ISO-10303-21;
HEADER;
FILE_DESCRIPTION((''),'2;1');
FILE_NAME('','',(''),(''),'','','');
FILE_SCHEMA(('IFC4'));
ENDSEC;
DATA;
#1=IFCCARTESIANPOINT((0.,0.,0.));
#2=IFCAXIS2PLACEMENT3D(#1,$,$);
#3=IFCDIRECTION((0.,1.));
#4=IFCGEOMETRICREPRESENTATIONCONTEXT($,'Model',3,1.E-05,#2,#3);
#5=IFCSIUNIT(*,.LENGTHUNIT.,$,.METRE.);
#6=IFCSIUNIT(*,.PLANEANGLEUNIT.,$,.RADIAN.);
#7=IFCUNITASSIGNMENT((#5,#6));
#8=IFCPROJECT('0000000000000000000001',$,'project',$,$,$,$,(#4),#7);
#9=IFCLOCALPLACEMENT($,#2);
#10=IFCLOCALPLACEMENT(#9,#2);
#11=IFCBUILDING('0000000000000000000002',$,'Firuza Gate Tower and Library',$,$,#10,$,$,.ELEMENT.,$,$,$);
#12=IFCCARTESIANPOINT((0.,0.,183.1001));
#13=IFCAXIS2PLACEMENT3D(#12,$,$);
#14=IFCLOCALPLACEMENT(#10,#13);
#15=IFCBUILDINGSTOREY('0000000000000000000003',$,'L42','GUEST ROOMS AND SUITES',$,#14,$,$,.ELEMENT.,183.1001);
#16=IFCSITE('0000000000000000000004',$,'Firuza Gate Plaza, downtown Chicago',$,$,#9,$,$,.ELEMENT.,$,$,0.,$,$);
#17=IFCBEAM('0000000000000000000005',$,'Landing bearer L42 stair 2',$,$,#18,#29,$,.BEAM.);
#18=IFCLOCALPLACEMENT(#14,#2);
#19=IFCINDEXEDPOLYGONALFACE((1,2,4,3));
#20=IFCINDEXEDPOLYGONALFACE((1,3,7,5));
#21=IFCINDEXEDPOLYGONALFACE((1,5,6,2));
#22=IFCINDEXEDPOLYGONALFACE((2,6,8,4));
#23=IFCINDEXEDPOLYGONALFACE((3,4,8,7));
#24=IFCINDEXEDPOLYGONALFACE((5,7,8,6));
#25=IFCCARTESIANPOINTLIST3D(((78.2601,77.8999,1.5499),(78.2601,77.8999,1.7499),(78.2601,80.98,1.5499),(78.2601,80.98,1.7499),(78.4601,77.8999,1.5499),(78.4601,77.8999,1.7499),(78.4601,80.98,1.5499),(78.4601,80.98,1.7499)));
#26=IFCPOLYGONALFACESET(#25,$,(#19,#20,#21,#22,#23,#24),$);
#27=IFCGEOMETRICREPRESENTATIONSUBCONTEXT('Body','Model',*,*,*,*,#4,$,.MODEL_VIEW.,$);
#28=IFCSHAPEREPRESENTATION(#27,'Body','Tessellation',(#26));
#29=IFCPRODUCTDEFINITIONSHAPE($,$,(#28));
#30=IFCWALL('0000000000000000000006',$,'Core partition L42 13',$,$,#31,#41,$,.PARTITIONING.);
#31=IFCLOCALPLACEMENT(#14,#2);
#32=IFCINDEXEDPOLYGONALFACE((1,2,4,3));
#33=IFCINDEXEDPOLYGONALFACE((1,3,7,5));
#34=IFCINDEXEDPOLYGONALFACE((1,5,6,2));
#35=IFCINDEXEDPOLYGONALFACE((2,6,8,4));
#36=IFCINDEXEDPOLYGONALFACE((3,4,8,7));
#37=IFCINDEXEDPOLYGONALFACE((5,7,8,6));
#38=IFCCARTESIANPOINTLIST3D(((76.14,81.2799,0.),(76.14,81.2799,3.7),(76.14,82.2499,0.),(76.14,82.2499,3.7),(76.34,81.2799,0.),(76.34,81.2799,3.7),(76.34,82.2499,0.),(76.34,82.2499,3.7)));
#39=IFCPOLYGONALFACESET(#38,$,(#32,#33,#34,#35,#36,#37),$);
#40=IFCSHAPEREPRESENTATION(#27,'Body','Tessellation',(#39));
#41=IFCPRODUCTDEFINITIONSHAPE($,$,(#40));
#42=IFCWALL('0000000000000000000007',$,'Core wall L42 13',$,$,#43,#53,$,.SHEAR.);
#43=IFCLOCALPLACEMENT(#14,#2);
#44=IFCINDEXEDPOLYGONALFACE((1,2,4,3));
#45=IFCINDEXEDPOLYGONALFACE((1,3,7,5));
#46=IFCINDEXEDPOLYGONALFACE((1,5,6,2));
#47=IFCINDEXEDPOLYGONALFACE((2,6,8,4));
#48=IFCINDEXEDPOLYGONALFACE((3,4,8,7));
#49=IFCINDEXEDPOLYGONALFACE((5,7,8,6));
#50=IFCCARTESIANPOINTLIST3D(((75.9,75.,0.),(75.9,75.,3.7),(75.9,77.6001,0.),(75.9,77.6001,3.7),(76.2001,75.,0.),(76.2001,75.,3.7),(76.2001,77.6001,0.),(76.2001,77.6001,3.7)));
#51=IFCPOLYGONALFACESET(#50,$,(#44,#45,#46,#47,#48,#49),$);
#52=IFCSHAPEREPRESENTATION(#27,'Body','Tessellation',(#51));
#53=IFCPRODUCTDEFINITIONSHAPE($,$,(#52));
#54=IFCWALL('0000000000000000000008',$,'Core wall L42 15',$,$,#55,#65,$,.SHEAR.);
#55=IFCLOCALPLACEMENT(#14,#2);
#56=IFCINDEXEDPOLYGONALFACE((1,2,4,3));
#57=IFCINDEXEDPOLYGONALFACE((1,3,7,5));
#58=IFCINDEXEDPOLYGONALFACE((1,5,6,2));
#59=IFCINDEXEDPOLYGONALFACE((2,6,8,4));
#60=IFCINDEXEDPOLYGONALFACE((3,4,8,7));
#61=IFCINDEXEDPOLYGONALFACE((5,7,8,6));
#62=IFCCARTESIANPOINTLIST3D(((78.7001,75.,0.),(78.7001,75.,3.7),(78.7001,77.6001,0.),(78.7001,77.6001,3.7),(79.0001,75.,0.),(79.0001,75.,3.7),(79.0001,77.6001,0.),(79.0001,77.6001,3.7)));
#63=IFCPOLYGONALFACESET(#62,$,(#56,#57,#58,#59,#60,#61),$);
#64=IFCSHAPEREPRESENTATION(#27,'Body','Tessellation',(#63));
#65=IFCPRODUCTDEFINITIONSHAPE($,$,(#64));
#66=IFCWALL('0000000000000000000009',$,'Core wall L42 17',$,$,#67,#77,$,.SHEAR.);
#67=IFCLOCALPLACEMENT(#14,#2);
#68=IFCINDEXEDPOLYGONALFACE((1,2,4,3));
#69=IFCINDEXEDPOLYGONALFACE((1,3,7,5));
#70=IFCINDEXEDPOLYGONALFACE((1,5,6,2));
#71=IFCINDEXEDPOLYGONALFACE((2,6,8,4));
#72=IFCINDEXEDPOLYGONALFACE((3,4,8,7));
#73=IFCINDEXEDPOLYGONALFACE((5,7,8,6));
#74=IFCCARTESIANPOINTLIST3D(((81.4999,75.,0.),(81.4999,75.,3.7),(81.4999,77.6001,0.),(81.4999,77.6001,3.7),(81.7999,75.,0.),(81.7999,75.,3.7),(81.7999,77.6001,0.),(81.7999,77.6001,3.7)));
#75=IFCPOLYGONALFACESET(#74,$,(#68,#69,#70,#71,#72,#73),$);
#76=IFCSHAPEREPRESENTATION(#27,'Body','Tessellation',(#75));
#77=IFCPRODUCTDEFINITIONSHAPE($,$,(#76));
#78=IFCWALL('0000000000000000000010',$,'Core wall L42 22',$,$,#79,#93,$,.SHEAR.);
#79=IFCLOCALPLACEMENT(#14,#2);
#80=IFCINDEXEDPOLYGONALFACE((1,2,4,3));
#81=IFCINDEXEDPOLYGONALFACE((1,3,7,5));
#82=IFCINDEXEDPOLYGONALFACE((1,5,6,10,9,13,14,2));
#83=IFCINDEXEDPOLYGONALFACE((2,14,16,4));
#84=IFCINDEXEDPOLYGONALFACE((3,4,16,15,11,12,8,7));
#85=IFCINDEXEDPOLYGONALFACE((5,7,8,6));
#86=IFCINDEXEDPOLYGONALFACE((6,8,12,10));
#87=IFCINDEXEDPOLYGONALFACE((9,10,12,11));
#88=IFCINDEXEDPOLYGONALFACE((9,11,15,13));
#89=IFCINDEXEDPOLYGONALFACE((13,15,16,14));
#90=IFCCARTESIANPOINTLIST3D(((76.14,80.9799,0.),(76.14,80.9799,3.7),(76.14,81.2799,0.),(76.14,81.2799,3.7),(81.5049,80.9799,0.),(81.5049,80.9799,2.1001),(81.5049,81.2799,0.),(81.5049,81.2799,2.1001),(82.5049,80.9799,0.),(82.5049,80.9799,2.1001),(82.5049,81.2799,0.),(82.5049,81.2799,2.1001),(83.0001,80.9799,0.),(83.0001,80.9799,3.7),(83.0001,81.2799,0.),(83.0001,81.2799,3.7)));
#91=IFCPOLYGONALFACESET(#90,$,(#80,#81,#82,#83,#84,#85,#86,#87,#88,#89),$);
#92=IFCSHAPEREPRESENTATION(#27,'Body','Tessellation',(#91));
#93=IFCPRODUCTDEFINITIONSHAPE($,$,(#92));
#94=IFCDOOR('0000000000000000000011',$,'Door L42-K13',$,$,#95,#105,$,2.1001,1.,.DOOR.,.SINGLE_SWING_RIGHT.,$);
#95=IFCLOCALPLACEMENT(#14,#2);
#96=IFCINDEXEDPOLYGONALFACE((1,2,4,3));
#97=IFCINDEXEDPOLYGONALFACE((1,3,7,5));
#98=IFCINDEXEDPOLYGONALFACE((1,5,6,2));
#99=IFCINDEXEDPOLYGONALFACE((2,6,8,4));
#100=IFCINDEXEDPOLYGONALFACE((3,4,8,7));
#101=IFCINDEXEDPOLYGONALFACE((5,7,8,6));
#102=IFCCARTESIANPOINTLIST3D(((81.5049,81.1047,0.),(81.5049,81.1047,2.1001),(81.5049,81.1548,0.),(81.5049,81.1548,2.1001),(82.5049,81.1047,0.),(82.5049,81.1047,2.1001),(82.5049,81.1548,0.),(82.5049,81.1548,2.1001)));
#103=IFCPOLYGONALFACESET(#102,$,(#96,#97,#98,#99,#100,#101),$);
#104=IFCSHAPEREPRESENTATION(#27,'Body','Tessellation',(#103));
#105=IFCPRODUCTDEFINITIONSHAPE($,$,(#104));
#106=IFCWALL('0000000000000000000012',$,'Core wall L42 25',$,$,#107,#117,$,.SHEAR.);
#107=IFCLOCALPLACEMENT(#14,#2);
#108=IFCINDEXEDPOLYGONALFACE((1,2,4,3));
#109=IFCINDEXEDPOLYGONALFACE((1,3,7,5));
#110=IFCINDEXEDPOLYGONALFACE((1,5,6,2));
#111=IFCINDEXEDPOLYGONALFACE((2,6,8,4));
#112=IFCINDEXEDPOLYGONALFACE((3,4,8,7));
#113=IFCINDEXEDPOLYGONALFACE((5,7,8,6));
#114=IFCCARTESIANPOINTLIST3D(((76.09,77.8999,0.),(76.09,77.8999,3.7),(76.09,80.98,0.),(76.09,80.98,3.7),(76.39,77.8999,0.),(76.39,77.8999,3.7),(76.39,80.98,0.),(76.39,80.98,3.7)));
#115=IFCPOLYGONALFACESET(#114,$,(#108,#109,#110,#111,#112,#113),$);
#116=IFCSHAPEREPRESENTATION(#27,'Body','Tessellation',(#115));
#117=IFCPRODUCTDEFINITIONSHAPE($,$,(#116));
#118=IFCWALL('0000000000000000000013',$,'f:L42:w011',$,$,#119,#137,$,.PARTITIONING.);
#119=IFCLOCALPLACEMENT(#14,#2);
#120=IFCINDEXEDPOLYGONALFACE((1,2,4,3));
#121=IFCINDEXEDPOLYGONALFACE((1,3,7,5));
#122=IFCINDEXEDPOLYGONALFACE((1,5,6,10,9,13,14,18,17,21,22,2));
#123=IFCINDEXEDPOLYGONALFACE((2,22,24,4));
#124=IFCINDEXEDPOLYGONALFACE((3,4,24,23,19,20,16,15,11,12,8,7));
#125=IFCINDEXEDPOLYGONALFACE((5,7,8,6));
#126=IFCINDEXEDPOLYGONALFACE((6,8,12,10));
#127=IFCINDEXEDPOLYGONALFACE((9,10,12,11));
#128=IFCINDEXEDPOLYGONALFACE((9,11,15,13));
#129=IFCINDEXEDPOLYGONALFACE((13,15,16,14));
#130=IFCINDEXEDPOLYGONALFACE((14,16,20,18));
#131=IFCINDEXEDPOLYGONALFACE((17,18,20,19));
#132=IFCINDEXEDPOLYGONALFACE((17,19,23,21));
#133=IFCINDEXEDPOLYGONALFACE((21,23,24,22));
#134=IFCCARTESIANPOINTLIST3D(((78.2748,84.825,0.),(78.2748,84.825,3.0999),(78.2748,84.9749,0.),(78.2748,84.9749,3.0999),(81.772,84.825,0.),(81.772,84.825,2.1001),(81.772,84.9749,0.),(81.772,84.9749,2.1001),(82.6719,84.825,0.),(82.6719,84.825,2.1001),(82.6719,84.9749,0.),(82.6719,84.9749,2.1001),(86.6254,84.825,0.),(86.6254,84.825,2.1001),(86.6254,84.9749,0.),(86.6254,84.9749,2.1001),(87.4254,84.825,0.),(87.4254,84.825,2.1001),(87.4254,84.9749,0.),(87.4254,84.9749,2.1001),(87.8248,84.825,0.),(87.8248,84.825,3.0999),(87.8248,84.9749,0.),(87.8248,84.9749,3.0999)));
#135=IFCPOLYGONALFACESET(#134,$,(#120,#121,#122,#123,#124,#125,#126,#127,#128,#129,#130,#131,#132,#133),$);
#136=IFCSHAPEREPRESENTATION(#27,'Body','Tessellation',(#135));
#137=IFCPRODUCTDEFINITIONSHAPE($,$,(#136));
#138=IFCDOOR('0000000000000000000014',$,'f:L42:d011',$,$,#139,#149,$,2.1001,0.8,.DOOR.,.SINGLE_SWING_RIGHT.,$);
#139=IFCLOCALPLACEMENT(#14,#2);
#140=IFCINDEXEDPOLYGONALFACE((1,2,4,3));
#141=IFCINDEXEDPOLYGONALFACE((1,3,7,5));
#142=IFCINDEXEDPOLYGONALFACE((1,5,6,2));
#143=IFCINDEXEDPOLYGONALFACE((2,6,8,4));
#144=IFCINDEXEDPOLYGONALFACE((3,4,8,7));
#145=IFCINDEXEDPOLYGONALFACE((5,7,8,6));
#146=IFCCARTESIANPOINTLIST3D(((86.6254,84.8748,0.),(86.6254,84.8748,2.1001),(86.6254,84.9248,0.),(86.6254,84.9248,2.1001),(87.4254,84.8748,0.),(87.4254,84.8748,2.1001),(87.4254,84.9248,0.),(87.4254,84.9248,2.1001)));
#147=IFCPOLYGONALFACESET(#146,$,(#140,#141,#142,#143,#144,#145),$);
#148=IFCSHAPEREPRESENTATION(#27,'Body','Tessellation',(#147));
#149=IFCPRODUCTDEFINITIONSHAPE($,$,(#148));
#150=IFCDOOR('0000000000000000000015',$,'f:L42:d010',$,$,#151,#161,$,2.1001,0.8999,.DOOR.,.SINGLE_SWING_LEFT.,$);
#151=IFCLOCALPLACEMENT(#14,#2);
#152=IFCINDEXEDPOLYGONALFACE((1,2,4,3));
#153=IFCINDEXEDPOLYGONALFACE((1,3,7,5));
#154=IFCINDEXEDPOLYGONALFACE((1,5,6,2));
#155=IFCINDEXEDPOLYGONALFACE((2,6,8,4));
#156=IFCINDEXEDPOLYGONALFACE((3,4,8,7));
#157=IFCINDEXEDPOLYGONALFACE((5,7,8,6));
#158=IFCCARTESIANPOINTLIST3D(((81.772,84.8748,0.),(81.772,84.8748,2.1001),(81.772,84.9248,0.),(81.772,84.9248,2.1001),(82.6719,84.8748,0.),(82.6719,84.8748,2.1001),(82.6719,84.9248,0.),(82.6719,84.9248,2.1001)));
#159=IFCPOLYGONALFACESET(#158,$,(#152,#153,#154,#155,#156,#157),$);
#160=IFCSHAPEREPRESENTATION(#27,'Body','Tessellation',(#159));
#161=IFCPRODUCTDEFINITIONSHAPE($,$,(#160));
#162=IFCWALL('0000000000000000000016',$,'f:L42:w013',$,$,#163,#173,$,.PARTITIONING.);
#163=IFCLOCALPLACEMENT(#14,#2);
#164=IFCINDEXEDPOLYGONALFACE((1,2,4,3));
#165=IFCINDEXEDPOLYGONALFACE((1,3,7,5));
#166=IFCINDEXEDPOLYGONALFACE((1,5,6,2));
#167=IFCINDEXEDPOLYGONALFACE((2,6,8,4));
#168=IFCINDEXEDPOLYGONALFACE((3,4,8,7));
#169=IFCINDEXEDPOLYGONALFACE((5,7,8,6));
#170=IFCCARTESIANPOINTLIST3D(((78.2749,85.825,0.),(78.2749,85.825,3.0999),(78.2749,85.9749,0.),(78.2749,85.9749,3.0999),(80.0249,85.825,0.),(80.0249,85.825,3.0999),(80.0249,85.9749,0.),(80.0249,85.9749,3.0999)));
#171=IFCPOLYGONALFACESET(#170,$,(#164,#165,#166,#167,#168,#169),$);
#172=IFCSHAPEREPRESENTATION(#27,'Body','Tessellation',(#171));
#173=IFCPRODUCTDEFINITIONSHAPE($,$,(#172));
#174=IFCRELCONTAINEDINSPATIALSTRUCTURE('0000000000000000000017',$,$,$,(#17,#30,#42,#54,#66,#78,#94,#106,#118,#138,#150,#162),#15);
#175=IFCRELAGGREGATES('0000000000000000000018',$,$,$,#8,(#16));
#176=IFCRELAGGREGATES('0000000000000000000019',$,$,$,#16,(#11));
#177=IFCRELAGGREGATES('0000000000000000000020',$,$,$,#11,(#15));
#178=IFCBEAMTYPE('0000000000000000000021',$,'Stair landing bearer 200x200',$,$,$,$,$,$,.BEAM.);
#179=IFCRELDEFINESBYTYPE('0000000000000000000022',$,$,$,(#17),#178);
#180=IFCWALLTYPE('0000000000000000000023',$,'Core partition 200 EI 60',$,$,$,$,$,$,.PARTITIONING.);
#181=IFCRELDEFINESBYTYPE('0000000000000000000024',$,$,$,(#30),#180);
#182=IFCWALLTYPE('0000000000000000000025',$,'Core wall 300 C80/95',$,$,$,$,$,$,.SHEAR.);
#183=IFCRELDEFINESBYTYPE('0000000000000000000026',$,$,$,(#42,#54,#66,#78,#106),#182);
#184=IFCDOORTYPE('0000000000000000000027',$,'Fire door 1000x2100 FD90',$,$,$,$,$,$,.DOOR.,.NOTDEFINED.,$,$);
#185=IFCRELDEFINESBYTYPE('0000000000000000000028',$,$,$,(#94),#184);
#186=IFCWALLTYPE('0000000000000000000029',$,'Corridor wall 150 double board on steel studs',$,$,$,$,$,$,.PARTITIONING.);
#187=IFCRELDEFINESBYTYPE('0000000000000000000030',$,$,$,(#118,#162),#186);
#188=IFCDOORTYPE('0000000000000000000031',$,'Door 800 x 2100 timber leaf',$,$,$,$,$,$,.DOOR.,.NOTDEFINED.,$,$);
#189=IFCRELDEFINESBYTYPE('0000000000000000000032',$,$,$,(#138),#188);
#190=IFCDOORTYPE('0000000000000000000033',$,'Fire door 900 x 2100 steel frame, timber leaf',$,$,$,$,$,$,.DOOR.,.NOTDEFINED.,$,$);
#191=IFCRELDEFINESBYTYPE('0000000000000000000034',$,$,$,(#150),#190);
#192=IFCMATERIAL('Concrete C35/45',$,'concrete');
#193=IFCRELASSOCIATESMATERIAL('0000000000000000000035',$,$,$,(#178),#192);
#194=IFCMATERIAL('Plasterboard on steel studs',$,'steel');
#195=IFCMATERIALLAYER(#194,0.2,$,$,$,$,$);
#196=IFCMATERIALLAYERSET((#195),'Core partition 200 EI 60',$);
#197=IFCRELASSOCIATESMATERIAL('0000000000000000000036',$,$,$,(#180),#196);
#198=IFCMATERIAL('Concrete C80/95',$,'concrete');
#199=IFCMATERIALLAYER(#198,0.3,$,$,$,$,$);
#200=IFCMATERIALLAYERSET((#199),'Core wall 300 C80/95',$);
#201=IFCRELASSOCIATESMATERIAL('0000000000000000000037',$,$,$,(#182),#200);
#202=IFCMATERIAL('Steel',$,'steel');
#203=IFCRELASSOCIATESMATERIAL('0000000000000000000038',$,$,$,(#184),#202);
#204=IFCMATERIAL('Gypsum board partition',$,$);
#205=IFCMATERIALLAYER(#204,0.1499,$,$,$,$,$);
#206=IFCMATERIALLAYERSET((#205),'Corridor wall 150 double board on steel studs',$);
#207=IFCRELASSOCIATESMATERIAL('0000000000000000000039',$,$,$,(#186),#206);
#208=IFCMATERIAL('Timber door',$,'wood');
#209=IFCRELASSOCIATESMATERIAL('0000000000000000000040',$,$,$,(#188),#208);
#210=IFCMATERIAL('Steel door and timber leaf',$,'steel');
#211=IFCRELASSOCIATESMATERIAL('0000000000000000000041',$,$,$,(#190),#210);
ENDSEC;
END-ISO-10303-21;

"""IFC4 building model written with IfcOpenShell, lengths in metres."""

from ifc_helpers import new_model, si_unit, direction, frame, frame_2d, origin, origin_2d, place, context, subcontext, project, spatial, rectangle, extrude, material, layer, layer_set, material_profile, profile_set, type_object, element, fill, save


model = new_model("IFC4")

# Units and contexts
model_context = context("Model", 3, precision=1e-05, world=origin(), true_north=direction((0.0, 1.0)))
body_context = subcontext(model_context, "Body", "Model", "MODEL_VIEW")
ifc_project = project(units=[si_unit("LENGTHUNIT", "METRE"), si_unit("PLANEANGLEUNIT", "RADIAN")], contexts=[model_context])

# Site, building, storey
site_placement = place(None, origin())
site = spatial("IfcSite", under=ifc_project, at=site_placement, Name="Firuza Gate Plaza, downtown Chicago", CompositionType="ELEMENT", RefElevation=0.0)
building_placement = place(site_placement, origin())
building = spatial("IfcBuilding", under=site, at=building_placement, Name="Firuza Gate Tower and Library", CompositionType="ELEMENT")
storey_placement = place(building_placement, frame((0.0, 0.0, 183.1001)))
storey = spatial("IfcBuildingStorey", under=building, at=storey_placement, Name="L42", Description="GUEST ROOMS AND SUITES", CompositionType="ELEMENT", Elevation=183.1001)

# Beam
ifc_material_1 = material(Name="Concrete C35/45", Category="concrete")
ifc_material_profile = material_profile(ifc_material_1, rectangle(XDim=0.2, YDim=0.2, at=origin_2d()))
ifc_profile_set = profile_set([ifc_material_profile], Name="Concrete C35/45")
beam_type = type_object("IfcBeamType", Name="Stair landing bearer 200x200", PredefinedType="BEAM", material=ifc_profile_set)
beam_placement = place(storey_placement, frame((78.3601, 80.98, 1.6499), z_axis=(0.0, -1.0, 0.0), x_axis=(1.0, 0.0, 0.0)))
element("IfcBeam", 1, at=beam_placement, inside=storey, type_object=beam_type, Name="Landing bearer L42 stair 2", PredefinedType="BEAM", context=body_context, shape_type="SweptSolid", body=[
    extrude(rectangle(XDim=0.2, YDim=0.2, at=origin_2d()), origin(), (0.0, 0.0, 1.0), 3.0801),
])

# Walls
ifc_material_2 = material(Name="Plasterboard on steel studs", Category="steel")
ifc_layer_1 = layer(ifc_material_2, 0.2)
ifc_layer_set_1 = layer_set([ifc_layer_1], Name="Core partition 200 EI 60")
wall_type_1 = type_object("IfcWallType", Name="Core partition 200 EI 60", PredefinedType="PARTITIONING", material=ifc_layer_set_1)
wall_1_placement = place(storey_placement, frame((76.24, 81.28, 0.0), z_axis=(0.0, 0.0, 1.0), x_axis=(0.0, 1.0, 0.0)))
element("IfcWall", 2, at=wall_1_placement, inside=storey, type_object=wall_type_1, Name="Core partition L42 13", PredefinedType="PARTITIONING", context=body_context, shape_type="SweptSolid", body=[
    extrude(rectangle(XDim=0.97, YDim=0.2, at=frame_2d((0.4849, 0.0))), origin(), (0.0, 0.0, 1.0), 3.7),
])
ifc_material_3 = material(Name="Concrete C80/95", Category="concrete")
ifc_layer_2 = layer(ifc_material_3, 0.3)
ifc_layer_set_2 = layer_set([ifc_layer_2], Name="Core wall 300 C80/95")
wall_type_2 = type_object("IfcWallType", Name="Core wall 300 C80/95", PredefinedType="SHEAR", material=ifc_layer_set_2)
for number, where, z_axis, x_axis, name in (
    (3, (76.05, 75.0, 0.0), (0.0, 0.0, 1.0), (0.0, 1.0, 0.0), "Core wall L42 13"),
    (4, (78.8501, 75.0, 0.0), (0.0, 0.0, 1.0), (0.0, 1.0, 0.0), "Core wall L42 15"),
    (5, (81.6499, 75.0, 0.0), (0.0, 0.0, 1.0), (0.0, 1.0, 0.0), "Core wall L42 17"),
):
    element("IfcWall", number, at=place(storey_placement, frame(where, z_axis=z_axis, x_axis=x_axis)), inside=storey, type_object=wall_type_2, Name=name, PredefinedType="SHEAR", context=body_context, shape_type="SweptSolid", body=[
        extrude(rectangle(XDim=2.6001, YDim=0.3, at=frame_2d((1.3, 0.0))), origin(), (0.0, 0.0, 1.0), 3.7),
    ])

# Wall, opening, door
wall_2_placement = place(storey_placement, frame((76.1399, 81.1299, 0.0), z_axis=(0.0, 0.0, 1.0), x_axis=(1.0, 0.0, 0.0)))
wall_2 = element("IfcWall", 6, at=wall_2_placement, inside=storey, type_object=wall_type_2, Name="Core wall L42 22", PredefinedType="SHEAR", context=body_context, shape_type="SweptSolid", body=[
    extrude(rectangle(XDim=6.8601, YDim=0.3, at=frame_2d((3.4302, 0.0))), origin(), (0.0, 0.0, 1.0), 3.7),
])
opening_1_placement = place(wall_2_placement, frame((5.365, 0.0, 0.0)))
opening_1 = element("IfcOpeningElement", 7, at=opening_1_placement, cuts=wall_2, PredefinedType="OPENING", context=body_context, shape_type="SweptSolid", body=[
    extrude(rectangle(XDim=1.0, YDim=2.1001, at=frame_2d((0.5, 1.05))), frame((0.0, 0.1602, 0.0), z_axis=(0.0, -1.0, 0.0), x_axis=(1.0, 0.0, 0.0)), (0.0, 0.0, 1.0), 0.3201),
])
ifc_material_4 = material(Name="Steel", Category="steel")
door_type_1 = type_object("IfcDoorType", Name="Fire door 1000x2100 FD90", OperationType="NOTDEFINED", PredefinedType="DOOR", material=ifc_material_4)
door_1_placement = place(opening_1_placement, origin())
door_1 = element("IfcDoor", 8, at=door_1_placement, inside=storey, type_object=door_type_1, Name="Door L42-K13", OperationType="SINGLE_SWING_RIGHT", OverallHeight=2.1001, OverallWidth=1.0, PredefinedType="DOOR", context=body_context, shape_type="SweptSolid", body=[
    extrude(rectangle(XDim=1.0, YDim=2.1001, at=frame_2d((0.5, 1.05))), frame((0.0, 0.0249, 0.0), z_axis=(0.0, -1.0, 0.0), x_axis=(1.0, 0.0, 0.0)), (0.0, 0.0, 1.0), 0.05),
])
fill(opening_1, door_1)

# Wall
wall_3_placement = place(storey_placement, frame((76.24, 77.8999, 0.0), z_axis=(0.0, 0.0, 1.0), x_axis=(0.0, 1.0, 0.0)))
element("IfcWall", 9, at=wall_3_placement, inside=storey, type_object=wall_type_2, Name="Core wall L42 25", PredefinedType="SHEAR", context=body_context, shape_type="SweptSolid", body=[
    extrude(rectangle(XDim=3.0801, YDim=0.3, at=frame_2d((1.54, 0.0))), origin(), (0.0, 0.0, 1.0), 3.7),
])

# Wall, openings, doors
ifc_material_5 = material(Name="Gypsum board partition")
ifc_layer_3 = layer(ifc_material_5, 0.1499)
ifc_layer_set_3 = layer_set([ifc_layer_3], Name="Corridor wall 150 double board on steel studs")
wall_type_3 = type_object("IfcWallType", Name="Corridor wall 150 double board on steel studs", PredefinedType="PARTITIONING", material=ifc_layer_set_3)
wall_4_placement = place(storey_placement, frame((78.2749, 84.8999, 0.0), z_axis=(0.0, 0.0, 1.0), x_axis=(1.0, 0.0, 0.0)))
wall_4 = element("IfcWall", 10, at=wall_4_placement, inside=storey, type_object=wall_type_3, Name="f:L42:w011", PredefinedType="PARTITIONING", context=body_context, shape_type="SweptSolid", body=[
    extrude(rectangle(XDim=9.55, YDim=0.1499, at=frame_2d((4.7749, 0.0))), origin(), (0.0, 0.0, 1.0), 3.0999),
])
opening_2_placement = place(wall_4_placement, frame((3.4971, 0.0, 0.0)))
opening_2 = element("IfcOpeningElement", 11, at=opening_2_placement, cuts=wall_4, PredefinedType="OPENING", context=body_context, shape_type="SweptSolid", body=[
    extrude(rectangle(XDim=0.8999, YDim=2.1001, at=frame_2d((0.45, 1.05))), frame((0.0, 0.085, 0.0), z_axis=(0.0, -1.0, 0.0), x_axis=(1.0, 0.0, 0.0)), (0.0, 0.0, 1.0), 0.1699),
])
opening_3_placement = place(wall_4_placement, frame((8.3506, 0.0, 0.0)))
opening_3 = element("IfcOpeningElement", 12, at=opening_3_placement, cuts=wall_4, PredefinedType="OPENING", context=body_context, shape_type="SweptSolid", body=[
    extrude(rectangle(XDim=0.8, YDim=2.1001, at=frame_2d((0.3999, 1.05))), frame((0.0, 0.085, 0.0), z_axis=(0.0, -1.0, 0.0), x_axis=(1.0, 0.0, 0.0)), (0.0, 0.0, 1.0), 0.1699),
])
ifc_material_6 = material(Name="Timber door", Category="wood")
door_type_2 = type_object("IfcDoorType", Name="Door 800 x 2100 timber leaf", OperationType="NOTDEFINED", PredefinedType="DOOR", material=ifc_material_6)
door_2_placement = place(opening_3_placement, origin())
door_2 = element("IfcDoor", 13, at=door_2_placement, inside=storey, type_object=door_type_2, Name="f:L42:d011", OperationType="SINGLE_SWING_RIGHT", OverallHeight=2.1001, OverallWidth=0.8, PredefinedType="DOOR", context=body_context, shape_type="SweptSolid", body=[
    extrude(rectangle(XDim=0.8, YDim=2.1001, at=frame_2d((0.3999, 1.05))), frame((0.0, 0.0249, 0.0), z_axis=(0.0, -1.0, 0.0), x_axis=(1.0, 0.0, 0.0)), (0.0, 0.0, 1.0), 0.05),
])
fill(opening_3, door_2)
ifc_material_7 = material(Name="Steel door and timber leaf", Category="steel")
door_type_3 = type_object("IfcDoorType", Name="Fire door 900 x 2100 steel frame, timber leaf", OperationType="NOTDEFINED", PredefinedType="DOOR", material=ifc_material_7)
door_3_placement = place(opening_2_placement, origin())
door_3 = element("IfcDoor", 14, at=door_3_placement, inside=storey, type_object=door_type_3, Name="f:L42:d010", OperationType="SINGLE_SWING_LEFT", OverallHeight=2.1001, OverallWidth=0.8999, PredefinedType="DOOR", context=body_context, shape_type="SweptSolid", body=[
    extrude(rectangle(XDim=0.8999, YDim=2.1001, at=frame_2d((0.45, 1.05))), frame((0.0, 0.0249, 0.0), z_axis=(0.0, -1.0, 0.0), x_axis=(1.0, 0.0, 0.0)), (0.0, 0.0, 1.0), 0.05),
])
fill(opening_2, door_3)

# Wall
wall_5_placement = place(storey_placement, frame((78.2749, 85.8999, 0.0), z_axis=(0.0, 0.0, 1.0), x_axis=(1.0, 0.0, 0.0)))
element("IfcWall", 15, at=wall_5_placement, inside=storey, type_object=wall_type_3, Name="f:L42:w013", PredefinedType="PARTITIONING", context=body_context, shape_type="SweptSolid", body=[
    extrude(rectangle(XDim=1.75, YDim=0.1499, at=frame_2d((0.875, 0.0))), origin(), (0.0, 0.0, 1.0), 3.0999),
])

save(model, "model.ifc")
